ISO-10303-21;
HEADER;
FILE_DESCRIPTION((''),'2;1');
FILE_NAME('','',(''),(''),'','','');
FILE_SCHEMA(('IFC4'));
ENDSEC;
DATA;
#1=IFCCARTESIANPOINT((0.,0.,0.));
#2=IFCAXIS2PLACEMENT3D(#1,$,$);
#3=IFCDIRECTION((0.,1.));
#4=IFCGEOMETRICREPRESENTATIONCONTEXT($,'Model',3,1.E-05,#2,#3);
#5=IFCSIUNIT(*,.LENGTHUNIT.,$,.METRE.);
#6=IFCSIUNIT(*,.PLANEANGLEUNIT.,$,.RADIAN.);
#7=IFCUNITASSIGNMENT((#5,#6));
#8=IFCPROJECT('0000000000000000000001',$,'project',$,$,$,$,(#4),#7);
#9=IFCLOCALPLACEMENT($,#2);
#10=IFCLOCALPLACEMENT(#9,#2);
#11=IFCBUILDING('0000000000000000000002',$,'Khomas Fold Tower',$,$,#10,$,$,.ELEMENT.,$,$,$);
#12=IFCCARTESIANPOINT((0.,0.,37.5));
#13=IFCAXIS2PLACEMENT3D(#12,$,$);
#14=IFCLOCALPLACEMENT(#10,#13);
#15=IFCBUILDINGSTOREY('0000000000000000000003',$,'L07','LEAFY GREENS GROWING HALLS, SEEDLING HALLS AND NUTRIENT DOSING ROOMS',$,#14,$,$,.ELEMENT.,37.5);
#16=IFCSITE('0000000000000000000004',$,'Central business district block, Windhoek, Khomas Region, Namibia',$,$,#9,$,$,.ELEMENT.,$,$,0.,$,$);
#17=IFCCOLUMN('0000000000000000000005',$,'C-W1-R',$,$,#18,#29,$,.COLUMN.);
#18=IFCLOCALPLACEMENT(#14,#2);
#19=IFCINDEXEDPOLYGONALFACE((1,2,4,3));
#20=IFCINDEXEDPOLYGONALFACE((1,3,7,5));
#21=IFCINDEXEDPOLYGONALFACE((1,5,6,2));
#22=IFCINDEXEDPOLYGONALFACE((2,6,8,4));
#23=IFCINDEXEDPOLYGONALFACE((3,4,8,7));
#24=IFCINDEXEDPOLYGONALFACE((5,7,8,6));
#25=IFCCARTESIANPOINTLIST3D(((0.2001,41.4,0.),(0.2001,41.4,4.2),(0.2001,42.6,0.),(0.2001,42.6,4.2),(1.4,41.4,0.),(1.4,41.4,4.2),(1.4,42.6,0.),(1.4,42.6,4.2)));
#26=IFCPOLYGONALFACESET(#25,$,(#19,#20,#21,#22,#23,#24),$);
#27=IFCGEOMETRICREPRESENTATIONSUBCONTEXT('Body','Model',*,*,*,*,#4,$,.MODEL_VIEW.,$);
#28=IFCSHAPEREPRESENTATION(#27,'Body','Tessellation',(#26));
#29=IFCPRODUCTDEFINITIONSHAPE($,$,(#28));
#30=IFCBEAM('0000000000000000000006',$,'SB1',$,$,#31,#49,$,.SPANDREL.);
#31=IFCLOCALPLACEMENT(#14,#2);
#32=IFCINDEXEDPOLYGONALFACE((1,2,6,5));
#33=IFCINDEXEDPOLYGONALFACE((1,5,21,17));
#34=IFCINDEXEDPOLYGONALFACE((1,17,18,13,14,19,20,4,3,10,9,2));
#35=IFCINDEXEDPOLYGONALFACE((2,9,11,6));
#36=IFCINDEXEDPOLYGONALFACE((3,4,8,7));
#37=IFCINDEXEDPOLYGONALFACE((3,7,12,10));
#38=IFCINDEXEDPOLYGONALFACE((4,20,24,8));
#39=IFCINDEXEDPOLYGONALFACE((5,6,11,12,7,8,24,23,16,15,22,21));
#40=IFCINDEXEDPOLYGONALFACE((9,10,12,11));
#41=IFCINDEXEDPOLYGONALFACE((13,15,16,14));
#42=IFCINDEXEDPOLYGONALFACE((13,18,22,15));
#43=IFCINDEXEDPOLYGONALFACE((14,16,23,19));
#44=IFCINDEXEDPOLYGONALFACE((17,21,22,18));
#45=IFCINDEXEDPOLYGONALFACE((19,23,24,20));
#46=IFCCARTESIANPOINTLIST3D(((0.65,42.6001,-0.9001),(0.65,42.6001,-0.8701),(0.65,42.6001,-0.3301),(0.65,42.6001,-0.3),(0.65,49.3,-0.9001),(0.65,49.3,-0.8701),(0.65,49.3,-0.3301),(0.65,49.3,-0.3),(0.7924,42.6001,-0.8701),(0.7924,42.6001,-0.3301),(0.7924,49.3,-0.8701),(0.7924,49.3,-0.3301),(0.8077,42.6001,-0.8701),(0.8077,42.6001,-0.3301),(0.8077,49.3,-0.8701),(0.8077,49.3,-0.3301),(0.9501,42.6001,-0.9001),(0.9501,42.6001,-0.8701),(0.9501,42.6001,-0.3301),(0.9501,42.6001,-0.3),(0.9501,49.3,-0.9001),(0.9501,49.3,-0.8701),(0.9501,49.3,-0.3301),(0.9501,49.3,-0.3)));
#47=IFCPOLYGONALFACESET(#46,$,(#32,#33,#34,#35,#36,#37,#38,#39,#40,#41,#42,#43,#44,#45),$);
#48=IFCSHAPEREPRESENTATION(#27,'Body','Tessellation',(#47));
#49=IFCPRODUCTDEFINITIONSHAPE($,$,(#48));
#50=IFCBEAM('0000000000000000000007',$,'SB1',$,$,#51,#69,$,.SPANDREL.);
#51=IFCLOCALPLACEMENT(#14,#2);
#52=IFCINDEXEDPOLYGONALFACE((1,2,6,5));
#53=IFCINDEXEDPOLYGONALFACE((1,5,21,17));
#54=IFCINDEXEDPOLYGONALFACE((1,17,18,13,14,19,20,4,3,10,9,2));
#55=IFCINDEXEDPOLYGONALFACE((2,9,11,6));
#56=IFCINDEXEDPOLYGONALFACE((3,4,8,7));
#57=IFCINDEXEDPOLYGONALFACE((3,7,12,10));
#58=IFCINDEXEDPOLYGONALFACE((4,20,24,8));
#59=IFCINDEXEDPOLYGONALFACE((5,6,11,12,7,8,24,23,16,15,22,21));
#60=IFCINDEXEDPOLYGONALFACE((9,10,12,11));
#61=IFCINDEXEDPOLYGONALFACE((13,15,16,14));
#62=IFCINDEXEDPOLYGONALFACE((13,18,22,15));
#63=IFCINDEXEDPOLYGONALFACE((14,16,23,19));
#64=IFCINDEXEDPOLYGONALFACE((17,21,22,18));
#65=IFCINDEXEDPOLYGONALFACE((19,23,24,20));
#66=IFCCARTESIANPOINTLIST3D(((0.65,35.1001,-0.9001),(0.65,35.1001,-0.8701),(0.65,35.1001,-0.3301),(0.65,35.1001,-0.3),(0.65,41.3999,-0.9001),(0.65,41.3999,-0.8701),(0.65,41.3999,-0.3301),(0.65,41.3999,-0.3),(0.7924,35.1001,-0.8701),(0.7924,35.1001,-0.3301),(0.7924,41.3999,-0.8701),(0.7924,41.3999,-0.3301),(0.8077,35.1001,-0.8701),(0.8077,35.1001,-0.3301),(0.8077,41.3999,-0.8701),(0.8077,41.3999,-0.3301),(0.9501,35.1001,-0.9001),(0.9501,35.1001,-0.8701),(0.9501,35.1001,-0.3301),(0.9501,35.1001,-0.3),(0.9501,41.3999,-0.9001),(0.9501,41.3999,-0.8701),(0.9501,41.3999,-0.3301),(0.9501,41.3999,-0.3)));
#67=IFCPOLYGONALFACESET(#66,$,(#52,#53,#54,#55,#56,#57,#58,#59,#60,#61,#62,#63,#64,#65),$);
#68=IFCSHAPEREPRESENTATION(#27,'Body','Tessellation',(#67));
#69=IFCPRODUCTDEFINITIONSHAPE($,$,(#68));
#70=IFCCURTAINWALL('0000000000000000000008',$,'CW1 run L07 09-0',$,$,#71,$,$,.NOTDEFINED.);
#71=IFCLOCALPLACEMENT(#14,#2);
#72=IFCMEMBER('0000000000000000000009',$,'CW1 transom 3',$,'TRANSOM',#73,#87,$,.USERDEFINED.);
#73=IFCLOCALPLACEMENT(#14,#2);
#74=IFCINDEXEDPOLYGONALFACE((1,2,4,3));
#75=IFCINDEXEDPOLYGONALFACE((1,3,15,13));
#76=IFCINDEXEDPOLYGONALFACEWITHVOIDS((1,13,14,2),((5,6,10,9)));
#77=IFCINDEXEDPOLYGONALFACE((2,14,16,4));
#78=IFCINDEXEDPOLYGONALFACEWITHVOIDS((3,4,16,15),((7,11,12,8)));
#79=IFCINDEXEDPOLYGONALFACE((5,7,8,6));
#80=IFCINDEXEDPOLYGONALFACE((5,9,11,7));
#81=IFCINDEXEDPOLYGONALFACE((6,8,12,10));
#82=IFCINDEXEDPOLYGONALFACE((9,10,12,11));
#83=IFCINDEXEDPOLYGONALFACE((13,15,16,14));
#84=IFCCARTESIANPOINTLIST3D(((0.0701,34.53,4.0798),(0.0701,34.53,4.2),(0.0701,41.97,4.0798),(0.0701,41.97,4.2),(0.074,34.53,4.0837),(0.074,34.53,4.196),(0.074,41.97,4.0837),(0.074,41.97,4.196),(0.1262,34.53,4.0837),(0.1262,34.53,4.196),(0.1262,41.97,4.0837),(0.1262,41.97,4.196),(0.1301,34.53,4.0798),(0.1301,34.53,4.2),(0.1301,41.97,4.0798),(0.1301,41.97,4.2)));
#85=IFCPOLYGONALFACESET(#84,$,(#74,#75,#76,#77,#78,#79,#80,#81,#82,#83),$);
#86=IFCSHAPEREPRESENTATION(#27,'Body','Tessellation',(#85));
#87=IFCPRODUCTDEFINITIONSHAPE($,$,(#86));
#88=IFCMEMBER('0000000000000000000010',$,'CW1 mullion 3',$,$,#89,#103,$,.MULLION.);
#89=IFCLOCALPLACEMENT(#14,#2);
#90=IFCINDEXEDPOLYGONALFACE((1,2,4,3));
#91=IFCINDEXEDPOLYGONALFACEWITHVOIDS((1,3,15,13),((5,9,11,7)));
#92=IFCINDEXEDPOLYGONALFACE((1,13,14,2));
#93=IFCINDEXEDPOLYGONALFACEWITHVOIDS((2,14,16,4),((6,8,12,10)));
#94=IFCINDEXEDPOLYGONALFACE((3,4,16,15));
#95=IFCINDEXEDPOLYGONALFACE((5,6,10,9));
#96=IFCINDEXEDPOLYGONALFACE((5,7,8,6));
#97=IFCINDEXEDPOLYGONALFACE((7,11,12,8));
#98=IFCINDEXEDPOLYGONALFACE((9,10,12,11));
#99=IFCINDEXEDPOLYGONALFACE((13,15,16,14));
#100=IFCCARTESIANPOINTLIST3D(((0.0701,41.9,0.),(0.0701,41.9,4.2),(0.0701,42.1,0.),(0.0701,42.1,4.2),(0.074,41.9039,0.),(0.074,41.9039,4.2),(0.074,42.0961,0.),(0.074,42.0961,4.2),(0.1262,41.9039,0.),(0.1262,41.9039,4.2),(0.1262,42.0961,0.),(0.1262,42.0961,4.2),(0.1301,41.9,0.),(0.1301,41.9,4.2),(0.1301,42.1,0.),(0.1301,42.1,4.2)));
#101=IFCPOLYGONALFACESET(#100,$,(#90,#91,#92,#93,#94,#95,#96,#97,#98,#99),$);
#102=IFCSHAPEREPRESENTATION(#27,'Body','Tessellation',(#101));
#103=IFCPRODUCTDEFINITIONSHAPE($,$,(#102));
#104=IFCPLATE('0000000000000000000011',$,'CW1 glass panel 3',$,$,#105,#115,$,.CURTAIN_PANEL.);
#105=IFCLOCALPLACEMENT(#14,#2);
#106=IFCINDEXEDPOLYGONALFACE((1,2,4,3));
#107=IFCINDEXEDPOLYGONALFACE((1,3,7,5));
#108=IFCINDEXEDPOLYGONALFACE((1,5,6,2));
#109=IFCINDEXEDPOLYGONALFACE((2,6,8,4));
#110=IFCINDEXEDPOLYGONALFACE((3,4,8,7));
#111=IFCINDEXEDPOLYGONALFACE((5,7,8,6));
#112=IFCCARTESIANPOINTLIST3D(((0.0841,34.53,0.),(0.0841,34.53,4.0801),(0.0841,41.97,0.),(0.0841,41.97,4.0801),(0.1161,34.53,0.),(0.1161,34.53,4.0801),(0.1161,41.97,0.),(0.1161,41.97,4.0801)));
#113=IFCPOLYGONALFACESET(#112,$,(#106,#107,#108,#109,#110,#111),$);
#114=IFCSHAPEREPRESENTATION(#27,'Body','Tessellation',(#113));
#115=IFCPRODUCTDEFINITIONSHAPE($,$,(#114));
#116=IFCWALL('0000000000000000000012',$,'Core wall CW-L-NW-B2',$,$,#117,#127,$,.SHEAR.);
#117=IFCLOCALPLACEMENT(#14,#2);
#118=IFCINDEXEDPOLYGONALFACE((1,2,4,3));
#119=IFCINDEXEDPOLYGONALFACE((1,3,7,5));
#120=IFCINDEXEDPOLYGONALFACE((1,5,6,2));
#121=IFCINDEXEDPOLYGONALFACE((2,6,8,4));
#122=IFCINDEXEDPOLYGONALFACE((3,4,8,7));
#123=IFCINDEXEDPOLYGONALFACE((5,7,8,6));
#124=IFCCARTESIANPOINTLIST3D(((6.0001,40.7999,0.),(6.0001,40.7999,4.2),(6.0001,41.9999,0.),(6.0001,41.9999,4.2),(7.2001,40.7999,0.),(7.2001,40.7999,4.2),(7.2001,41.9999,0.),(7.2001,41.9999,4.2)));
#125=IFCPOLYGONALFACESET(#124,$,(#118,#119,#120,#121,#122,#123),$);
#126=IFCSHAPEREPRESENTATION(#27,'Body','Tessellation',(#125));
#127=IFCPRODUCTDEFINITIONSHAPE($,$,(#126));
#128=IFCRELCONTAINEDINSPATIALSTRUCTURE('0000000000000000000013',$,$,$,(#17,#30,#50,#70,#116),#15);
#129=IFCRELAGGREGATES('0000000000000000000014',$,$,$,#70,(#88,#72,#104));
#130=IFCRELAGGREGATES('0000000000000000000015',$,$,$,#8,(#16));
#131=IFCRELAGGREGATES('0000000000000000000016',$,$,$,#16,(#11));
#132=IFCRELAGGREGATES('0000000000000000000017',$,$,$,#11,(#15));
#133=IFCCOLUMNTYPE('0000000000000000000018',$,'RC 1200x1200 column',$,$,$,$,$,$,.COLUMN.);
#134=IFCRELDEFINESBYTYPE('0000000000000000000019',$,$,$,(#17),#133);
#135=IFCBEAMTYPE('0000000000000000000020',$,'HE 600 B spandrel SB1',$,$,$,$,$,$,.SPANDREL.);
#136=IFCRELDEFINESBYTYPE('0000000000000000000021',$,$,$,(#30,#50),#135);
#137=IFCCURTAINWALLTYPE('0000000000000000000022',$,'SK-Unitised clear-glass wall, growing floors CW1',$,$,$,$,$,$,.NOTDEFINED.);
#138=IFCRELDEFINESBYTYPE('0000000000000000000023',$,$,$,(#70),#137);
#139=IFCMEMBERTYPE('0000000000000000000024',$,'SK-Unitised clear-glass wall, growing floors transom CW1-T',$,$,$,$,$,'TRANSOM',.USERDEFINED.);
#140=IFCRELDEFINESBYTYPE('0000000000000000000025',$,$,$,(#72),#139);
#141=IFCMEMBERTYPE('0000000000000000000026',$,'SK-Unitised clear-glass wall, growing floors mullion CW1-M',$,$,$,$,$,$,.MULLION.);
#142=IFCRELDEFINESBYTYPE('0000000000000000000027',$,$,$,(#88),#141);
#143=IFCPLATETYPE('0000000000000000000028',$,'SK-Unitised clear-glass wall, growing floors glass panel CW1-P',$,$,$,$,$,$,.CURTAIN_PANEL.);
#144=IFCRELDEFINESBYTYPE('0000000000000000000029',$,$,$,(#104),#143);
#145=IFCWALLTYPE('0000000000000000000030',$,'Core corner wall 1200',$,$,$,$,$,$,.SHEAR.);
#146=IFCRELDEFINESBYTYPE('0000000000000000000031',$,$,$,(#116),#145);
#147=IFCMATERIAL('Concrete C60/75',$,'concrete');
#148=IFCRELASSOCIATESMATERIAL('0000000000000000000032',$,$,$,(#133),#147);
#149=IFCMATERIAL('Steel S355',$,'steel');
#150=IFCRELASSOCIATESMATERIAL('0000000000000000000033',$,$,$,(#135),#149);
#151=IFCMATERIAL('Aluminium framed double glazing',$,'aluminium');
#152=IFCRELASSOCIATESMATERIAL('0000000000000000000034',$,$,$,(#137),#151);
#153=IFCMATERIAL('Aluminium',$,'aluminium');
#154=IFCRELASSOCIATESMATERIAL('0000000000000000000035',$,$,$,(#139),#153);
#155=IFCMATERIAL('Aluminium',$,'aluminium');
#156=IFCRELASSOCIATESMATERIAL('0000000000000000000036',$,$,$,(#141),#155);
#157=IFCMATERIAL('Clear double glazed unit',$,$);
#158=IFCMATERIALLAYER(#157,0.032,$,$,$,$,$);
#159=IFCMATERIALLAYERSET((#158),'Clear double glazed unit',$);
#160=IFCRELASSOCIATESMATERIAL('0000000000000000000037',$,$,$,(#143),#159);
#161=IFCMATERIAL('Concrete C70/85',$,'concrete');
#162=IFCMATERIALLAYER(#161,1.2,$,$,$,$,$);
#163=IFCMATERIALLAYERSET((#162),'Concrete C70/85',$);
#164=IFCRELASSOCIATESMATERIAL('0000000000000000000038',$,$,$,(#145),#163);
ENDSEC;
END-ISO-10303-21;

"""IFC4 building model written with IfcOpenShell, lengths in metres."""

from ifc_helpers import new_model, si_unit, direction, frame, frame_2d, origin, origin_2d, place, context, subcontext, project, spatial, rectangle, hollow_rectangle, i_section, extrude, source, transform, mapped, material, layer, layer_set, material_profile, profile_set, type_object, element, aggregate, save


model = new_model("IFC4")

# Units and contexts
model_context = context("Model", 3, precision=1e-05, world=origin(), true_north=direction((0.0, 1.0)))
body_context = subcontext(model_context, "Body", "Model", "MODEL_VIEW")
ifc_project = project(units=[si_unit("LENGTHUNIT", "METRE"), si_unit("PLANEANGLEUNIT", "RADIAN")], contexts=[model_context])

# Site, building, storey
site_placement = place(None, origin())
site = spatial("IfcSite", under=ifc_project, at=site_placement, Name="Central business district block, Windhoek, Khomas Region, Namibia", CompositionType="ELEMENT", RefElevation=0.0)
building_placement = place(site_placement, origin())
building = spatial("IfcBuilding", under=site, at=building_placement, Name="Khomas Fold Tower", CompositionType="ELEMENT")
storey_placement = place(building_placement, frame((0.0, 0.0, 37.5)))
storey = spatial("IfcBuildingStorey", under=building, at=storey_placement, Name="L07", Description="LEAFY GREENS GROWING HALLS, SEEDLING HALLS AND NUTRIENT DOSING ROOMS", CompositionType="ELEMENT", Elevation=37.5)

# Column
ifc_material_1 = material(Name="Concrete C60/75", Category="concrete")
ifc_material_profile_1 = material_profile(ifc_material_1, rectangle(XDim=1.2, YDim=1.2, at=origin_2d()), Name="RC 1200x1200")
ifc_profile_set_1 = profile_set([ifc_material_profile_1], Name="Concrete C60/75")
column_type = type_object("IfcColumnType", Name="RC 1200x1200 column", PredefinedType="COLUMN", material=ifc_profile_set_1)
shared_shape_1 = source(origin(), body_context, "Body", "SweptSolid", [
    extrude(rectangle(XDim=1.2, YDim=1.2, at=origin_2d()), origin(), (0.0, 0.0, 1.0), 4.2),
])
column_placement = place(storey_placement, frame((0.8, 42.0, 0.0), z_axis=(0.0, 0.0, 1.0), x_axis=(1.0, 0.0, 0.0)))
element("IfcColumn", 1, at=column_placement, inside=storey, type_object=column_type, Name="C-W1-R", PredefinedType="COLUMN", context=body_context, shape_type="MappedRepresentation", body=[
    mapped(shared_shape_1, transform((0.0, 0.0, 0.0))),
])

# Beams
ifc_material_2 = material(Name="Steel S355", Category="steel")
ifc_material_profile_2 = material_profile(ifc_material_2, i_section(OverallWidth=0.3, OverallDepth=0.6001, WebThickness=0.0154, FlangeThickness=0.03, at=origin_2d()), Name="HE 600 B")
ifc_profile_set_2 = profile_set([ifc_material_profile_2], Name="Steel S355")
beam_type = type_object("IfcBeamType", Name="HE 600 B spandrel SB1", PredefinedType="SPANDREL", material=ifc_profile_set_2)
shared_shape_2 = source(origin(), body_context, "Body", "SweptSolid", [
    extrude(i_section(OverallWidth=0.3, OverallDepth=0.6001, WebThickness=0.0154, FlangeThickness=0.03, at=origin_2d()), origin(), (0.0, 0.0, 1.0), 6.7),
])
beam_1_placement = place(storey_placement, frame((0.8, 42.6001, -0.6001), z_axis=(0.0, 1.0, 0.0), x_axis=(-1.0, 0.0, 0.0)))
element("IfcBeam", 2, at=beam_1_placement, inside=storey, type_object=beam_type, Name="SB1", PredefinedType="SPANDREL", context=body_context, shape_type="MappedRepresentation", body=[
    mapped(shared_shape_2, transform((0.0, 0.0, 0.0))),
])
shared_shape_3 = source(origin(), body_context, "Body", "SweptSolid", [
    extrude(i_section(OverallWidth=0.3, OverallDepth=0.6001, WebThickness=0.0154, FlangeThickness=0.03, at=origin_2d()), origin(), (0.0, 0.0, 1.0), 6.2998),
])
beam_2_placement = place(storey_placement, frame((0.8, 35.1001, -0.6001), z_axis=(0.0, 1.0, 0.0), x_axis=(-1.0, 0.0, 0.0)))
element("IfcBeam", 3, at=beam_2_placement, inside=storey, type_object=beam_type, Name="SB1", PredefinedType="SPANDREL", context=body_context, shape_type="MappedRepresentation", body=[
    mapped(shared_shape_3, transform((0.0, 0.0, 0.0))),
])

# Curtain wall, members, plate
ifc_material_3 = material(Name="Aluminium framed double glazing", Category="aluminium")
curtain_wall_type = type_object("IfcCurtainWallType", Name="SK-Unitised clear-glass wall, growing floors CW1", PredefinedType="NOTDEFINED", material=ifc_material_3)
curtain_wall_placement = place(storey_placement, origin())
curtain_wall = element("IfcCurtainWall", 4, at=curtain_wall_placement, inside=storey, type_object=curtain_wall_type, Name="CW1 run L07 09-0", PredefinedType="NOTDEFINED")
ifc_material_4 = material(Name="Aluminium", Category="aluminium")
ifc_material_profile_3 = material_profile(ifc_material_4, hollow_rectangle(XDim=0.0601, YDim=0.1201, WallThickness=0.0039, at=origin_2d()), Name="SK-Unitised clear-glass wall, growing floors transom CW1-T")
ifc_profile_set_3 = profile_set([ifc_material_profile_3], Name="Aluminium")
member_type_1 = type_object("IfcMemberType", Name="SK-Unitised clear-glass wall, growing floors transom CW1-T", ElementType="TRANSOM", PredefinedType="USERDEFINED", material=ifc_profile_set_3)
shared_shape_4 = source(origin(), body_context, "Body", "SweptSolid", [
    extrude(hollow_rectangle(XDim=0.0601, YDim=0.1201, WallThickness=0.0039, at=origin_2d()), origin(), (0.0, 0.0, 1.0), 7.4399),
])
member_1_placement = place(storey_placement, frame((0.1001, 41.97, 4.1399), z_axis=(0.0, -1.0, 0.0), x_axis=(1.0, 0.0, 0.0)))
member_1 = element("IfcMember", 5, at=member_1_placement, type_object=member_type_1, Name="CW1 transom 3", ObjectType="TRANSOM", PredefinedType="USERDEFINED", context=body_context, shape_type="MappedRepresentation", body=[
    mapped(shared_shape_4, transform((0.0, 0.0, 0.0))),
])
ifc_material_5 = material(Name="Aluminium", Category="aluminium")
ifc_material_profile_4 = material_profile(ifc_material_5, hollow_rectangle(XDim=0.0601, YDim=0.2, WallThickness=0.0039, at=origin_2d()), Name="SK-Unitised clear-glass wall, growing floors mullion CW1-M")
ifc_profile_set_4 = profile_set([ifc_material_profile_4], Name="Aluminium")
member_type_2 = type_object("IfcMemberType", Name="SK-Unitised clear-glass wall, growing floors mullion CW1-M", PredefinedType="MULLION", material=ifc_profile_set_4)
shared_shape_5 = source(origin(), body_context, "Body", "SweptSolid", [
    extrude(hollow_rectangle(XDim=0.0601, YDim=0.2, WallThickness=0.0039, at=origin_2d()), origin(), (0.0, 0.0, 1.0), 4.2),
])
member_2_placement = place(storey_placement, frame((0.1001, 42.0, 0.0), z_axis=(0.0, 0.0, 1.0), x_axis=(1.0, 0.0, 0.0)))
member_2 = element("IfcMember", 6, at=member_2_placement, type_object=member_type_2, Name="CW1 mullion 3", PredefinedType="MULLION", context=body_context, shape_type="MappedRepresentation", body=[
    mapped(shared_shape_5, transform((0.0, 0.0, 0.0))),
])
ifc_material_6 = material(Name="Clear double glazed unit")
ifc_layer_1 = layer(ifc_material_6, 0.032)
ifc_layer_set_1 = layer_set([ifc_layer_1], Name="Clear double glazed unit")
plate_type = type_object("IfcPlateType", Name="SK-Unitised clear-glass wall, growing floors glass panel CW1-P", PredefinedType="CURTAIN_PANEL", material=ifc_layer_set_1)
shared_shape_6 = source(origin(), body_context, "Body", "SweptSolid", [
    extrude(rectangle(XDim=7.4399, YDim=0.032, at=origin_2d()), origin(), (0.0, 0.0, 1.0), 4.0801),
])
plate_placement = place(storey_placement, frame((0.1001, 38.25, 0.0), z_axis=(0.0, 0.0, 1.0), x_axis=(0.0, -1.0, 0.0)))
plate = element("IfcPlate", 7, at=plate_placement, type_object=plate_type, Name="CW1 glass panel 3", PredefinedType="CURTAIN_PANEL", context=body_context, shape_type="MappedRepresentation", body=[
    mapped(shared_shape_6, transform((0.0, 0.0, 0.0))),
])
aggregate(curtain_wall, [member_2, member_1, plate])

# Wall
ifc_material_7 = material(Name="Concrete C70/85", Category="concrete")
ifc_layer_2 = layer(ifc_material_7, 1.2)
ifc_layer_set_2 = layer_set([ifc_layer_2], Name="Concrete C70/85")
wall_type_1 = type_object("IfcWallType", Name="Core corner wall 1200", PredefinedType="SHEAR", material=ifc_layer_set_2)
shared_shape_7 = source(origin(), body_context, "Body", "SweptSolid", [
    extrude(rectangle(XDim=1.2, YDim=1.2, at=frame_2d((0.6001, 0.0))), origin(), (0.0, 0.0, 1.0), 4.2),
])
wall_1_placement = place(storey_placement, frame((6.0, 41.3999, 0.0), z_axis=(0.0, 0.0, 1.0), x_axis=(1.0, 0.0, 0.0)))
element("IfcWall", 8, at=wall_1_placement, inside=storey, type_object=wall_type_1, Name="Core wall CW-L-NW-B2", PredefinedType="SHEAR", context=body_context, shape_type="MappedRepresentation", body=[
    mapped(shared_shape_7, transform((0.0, 0.0, 0.0))),
])

save(model, "model.ifc")
